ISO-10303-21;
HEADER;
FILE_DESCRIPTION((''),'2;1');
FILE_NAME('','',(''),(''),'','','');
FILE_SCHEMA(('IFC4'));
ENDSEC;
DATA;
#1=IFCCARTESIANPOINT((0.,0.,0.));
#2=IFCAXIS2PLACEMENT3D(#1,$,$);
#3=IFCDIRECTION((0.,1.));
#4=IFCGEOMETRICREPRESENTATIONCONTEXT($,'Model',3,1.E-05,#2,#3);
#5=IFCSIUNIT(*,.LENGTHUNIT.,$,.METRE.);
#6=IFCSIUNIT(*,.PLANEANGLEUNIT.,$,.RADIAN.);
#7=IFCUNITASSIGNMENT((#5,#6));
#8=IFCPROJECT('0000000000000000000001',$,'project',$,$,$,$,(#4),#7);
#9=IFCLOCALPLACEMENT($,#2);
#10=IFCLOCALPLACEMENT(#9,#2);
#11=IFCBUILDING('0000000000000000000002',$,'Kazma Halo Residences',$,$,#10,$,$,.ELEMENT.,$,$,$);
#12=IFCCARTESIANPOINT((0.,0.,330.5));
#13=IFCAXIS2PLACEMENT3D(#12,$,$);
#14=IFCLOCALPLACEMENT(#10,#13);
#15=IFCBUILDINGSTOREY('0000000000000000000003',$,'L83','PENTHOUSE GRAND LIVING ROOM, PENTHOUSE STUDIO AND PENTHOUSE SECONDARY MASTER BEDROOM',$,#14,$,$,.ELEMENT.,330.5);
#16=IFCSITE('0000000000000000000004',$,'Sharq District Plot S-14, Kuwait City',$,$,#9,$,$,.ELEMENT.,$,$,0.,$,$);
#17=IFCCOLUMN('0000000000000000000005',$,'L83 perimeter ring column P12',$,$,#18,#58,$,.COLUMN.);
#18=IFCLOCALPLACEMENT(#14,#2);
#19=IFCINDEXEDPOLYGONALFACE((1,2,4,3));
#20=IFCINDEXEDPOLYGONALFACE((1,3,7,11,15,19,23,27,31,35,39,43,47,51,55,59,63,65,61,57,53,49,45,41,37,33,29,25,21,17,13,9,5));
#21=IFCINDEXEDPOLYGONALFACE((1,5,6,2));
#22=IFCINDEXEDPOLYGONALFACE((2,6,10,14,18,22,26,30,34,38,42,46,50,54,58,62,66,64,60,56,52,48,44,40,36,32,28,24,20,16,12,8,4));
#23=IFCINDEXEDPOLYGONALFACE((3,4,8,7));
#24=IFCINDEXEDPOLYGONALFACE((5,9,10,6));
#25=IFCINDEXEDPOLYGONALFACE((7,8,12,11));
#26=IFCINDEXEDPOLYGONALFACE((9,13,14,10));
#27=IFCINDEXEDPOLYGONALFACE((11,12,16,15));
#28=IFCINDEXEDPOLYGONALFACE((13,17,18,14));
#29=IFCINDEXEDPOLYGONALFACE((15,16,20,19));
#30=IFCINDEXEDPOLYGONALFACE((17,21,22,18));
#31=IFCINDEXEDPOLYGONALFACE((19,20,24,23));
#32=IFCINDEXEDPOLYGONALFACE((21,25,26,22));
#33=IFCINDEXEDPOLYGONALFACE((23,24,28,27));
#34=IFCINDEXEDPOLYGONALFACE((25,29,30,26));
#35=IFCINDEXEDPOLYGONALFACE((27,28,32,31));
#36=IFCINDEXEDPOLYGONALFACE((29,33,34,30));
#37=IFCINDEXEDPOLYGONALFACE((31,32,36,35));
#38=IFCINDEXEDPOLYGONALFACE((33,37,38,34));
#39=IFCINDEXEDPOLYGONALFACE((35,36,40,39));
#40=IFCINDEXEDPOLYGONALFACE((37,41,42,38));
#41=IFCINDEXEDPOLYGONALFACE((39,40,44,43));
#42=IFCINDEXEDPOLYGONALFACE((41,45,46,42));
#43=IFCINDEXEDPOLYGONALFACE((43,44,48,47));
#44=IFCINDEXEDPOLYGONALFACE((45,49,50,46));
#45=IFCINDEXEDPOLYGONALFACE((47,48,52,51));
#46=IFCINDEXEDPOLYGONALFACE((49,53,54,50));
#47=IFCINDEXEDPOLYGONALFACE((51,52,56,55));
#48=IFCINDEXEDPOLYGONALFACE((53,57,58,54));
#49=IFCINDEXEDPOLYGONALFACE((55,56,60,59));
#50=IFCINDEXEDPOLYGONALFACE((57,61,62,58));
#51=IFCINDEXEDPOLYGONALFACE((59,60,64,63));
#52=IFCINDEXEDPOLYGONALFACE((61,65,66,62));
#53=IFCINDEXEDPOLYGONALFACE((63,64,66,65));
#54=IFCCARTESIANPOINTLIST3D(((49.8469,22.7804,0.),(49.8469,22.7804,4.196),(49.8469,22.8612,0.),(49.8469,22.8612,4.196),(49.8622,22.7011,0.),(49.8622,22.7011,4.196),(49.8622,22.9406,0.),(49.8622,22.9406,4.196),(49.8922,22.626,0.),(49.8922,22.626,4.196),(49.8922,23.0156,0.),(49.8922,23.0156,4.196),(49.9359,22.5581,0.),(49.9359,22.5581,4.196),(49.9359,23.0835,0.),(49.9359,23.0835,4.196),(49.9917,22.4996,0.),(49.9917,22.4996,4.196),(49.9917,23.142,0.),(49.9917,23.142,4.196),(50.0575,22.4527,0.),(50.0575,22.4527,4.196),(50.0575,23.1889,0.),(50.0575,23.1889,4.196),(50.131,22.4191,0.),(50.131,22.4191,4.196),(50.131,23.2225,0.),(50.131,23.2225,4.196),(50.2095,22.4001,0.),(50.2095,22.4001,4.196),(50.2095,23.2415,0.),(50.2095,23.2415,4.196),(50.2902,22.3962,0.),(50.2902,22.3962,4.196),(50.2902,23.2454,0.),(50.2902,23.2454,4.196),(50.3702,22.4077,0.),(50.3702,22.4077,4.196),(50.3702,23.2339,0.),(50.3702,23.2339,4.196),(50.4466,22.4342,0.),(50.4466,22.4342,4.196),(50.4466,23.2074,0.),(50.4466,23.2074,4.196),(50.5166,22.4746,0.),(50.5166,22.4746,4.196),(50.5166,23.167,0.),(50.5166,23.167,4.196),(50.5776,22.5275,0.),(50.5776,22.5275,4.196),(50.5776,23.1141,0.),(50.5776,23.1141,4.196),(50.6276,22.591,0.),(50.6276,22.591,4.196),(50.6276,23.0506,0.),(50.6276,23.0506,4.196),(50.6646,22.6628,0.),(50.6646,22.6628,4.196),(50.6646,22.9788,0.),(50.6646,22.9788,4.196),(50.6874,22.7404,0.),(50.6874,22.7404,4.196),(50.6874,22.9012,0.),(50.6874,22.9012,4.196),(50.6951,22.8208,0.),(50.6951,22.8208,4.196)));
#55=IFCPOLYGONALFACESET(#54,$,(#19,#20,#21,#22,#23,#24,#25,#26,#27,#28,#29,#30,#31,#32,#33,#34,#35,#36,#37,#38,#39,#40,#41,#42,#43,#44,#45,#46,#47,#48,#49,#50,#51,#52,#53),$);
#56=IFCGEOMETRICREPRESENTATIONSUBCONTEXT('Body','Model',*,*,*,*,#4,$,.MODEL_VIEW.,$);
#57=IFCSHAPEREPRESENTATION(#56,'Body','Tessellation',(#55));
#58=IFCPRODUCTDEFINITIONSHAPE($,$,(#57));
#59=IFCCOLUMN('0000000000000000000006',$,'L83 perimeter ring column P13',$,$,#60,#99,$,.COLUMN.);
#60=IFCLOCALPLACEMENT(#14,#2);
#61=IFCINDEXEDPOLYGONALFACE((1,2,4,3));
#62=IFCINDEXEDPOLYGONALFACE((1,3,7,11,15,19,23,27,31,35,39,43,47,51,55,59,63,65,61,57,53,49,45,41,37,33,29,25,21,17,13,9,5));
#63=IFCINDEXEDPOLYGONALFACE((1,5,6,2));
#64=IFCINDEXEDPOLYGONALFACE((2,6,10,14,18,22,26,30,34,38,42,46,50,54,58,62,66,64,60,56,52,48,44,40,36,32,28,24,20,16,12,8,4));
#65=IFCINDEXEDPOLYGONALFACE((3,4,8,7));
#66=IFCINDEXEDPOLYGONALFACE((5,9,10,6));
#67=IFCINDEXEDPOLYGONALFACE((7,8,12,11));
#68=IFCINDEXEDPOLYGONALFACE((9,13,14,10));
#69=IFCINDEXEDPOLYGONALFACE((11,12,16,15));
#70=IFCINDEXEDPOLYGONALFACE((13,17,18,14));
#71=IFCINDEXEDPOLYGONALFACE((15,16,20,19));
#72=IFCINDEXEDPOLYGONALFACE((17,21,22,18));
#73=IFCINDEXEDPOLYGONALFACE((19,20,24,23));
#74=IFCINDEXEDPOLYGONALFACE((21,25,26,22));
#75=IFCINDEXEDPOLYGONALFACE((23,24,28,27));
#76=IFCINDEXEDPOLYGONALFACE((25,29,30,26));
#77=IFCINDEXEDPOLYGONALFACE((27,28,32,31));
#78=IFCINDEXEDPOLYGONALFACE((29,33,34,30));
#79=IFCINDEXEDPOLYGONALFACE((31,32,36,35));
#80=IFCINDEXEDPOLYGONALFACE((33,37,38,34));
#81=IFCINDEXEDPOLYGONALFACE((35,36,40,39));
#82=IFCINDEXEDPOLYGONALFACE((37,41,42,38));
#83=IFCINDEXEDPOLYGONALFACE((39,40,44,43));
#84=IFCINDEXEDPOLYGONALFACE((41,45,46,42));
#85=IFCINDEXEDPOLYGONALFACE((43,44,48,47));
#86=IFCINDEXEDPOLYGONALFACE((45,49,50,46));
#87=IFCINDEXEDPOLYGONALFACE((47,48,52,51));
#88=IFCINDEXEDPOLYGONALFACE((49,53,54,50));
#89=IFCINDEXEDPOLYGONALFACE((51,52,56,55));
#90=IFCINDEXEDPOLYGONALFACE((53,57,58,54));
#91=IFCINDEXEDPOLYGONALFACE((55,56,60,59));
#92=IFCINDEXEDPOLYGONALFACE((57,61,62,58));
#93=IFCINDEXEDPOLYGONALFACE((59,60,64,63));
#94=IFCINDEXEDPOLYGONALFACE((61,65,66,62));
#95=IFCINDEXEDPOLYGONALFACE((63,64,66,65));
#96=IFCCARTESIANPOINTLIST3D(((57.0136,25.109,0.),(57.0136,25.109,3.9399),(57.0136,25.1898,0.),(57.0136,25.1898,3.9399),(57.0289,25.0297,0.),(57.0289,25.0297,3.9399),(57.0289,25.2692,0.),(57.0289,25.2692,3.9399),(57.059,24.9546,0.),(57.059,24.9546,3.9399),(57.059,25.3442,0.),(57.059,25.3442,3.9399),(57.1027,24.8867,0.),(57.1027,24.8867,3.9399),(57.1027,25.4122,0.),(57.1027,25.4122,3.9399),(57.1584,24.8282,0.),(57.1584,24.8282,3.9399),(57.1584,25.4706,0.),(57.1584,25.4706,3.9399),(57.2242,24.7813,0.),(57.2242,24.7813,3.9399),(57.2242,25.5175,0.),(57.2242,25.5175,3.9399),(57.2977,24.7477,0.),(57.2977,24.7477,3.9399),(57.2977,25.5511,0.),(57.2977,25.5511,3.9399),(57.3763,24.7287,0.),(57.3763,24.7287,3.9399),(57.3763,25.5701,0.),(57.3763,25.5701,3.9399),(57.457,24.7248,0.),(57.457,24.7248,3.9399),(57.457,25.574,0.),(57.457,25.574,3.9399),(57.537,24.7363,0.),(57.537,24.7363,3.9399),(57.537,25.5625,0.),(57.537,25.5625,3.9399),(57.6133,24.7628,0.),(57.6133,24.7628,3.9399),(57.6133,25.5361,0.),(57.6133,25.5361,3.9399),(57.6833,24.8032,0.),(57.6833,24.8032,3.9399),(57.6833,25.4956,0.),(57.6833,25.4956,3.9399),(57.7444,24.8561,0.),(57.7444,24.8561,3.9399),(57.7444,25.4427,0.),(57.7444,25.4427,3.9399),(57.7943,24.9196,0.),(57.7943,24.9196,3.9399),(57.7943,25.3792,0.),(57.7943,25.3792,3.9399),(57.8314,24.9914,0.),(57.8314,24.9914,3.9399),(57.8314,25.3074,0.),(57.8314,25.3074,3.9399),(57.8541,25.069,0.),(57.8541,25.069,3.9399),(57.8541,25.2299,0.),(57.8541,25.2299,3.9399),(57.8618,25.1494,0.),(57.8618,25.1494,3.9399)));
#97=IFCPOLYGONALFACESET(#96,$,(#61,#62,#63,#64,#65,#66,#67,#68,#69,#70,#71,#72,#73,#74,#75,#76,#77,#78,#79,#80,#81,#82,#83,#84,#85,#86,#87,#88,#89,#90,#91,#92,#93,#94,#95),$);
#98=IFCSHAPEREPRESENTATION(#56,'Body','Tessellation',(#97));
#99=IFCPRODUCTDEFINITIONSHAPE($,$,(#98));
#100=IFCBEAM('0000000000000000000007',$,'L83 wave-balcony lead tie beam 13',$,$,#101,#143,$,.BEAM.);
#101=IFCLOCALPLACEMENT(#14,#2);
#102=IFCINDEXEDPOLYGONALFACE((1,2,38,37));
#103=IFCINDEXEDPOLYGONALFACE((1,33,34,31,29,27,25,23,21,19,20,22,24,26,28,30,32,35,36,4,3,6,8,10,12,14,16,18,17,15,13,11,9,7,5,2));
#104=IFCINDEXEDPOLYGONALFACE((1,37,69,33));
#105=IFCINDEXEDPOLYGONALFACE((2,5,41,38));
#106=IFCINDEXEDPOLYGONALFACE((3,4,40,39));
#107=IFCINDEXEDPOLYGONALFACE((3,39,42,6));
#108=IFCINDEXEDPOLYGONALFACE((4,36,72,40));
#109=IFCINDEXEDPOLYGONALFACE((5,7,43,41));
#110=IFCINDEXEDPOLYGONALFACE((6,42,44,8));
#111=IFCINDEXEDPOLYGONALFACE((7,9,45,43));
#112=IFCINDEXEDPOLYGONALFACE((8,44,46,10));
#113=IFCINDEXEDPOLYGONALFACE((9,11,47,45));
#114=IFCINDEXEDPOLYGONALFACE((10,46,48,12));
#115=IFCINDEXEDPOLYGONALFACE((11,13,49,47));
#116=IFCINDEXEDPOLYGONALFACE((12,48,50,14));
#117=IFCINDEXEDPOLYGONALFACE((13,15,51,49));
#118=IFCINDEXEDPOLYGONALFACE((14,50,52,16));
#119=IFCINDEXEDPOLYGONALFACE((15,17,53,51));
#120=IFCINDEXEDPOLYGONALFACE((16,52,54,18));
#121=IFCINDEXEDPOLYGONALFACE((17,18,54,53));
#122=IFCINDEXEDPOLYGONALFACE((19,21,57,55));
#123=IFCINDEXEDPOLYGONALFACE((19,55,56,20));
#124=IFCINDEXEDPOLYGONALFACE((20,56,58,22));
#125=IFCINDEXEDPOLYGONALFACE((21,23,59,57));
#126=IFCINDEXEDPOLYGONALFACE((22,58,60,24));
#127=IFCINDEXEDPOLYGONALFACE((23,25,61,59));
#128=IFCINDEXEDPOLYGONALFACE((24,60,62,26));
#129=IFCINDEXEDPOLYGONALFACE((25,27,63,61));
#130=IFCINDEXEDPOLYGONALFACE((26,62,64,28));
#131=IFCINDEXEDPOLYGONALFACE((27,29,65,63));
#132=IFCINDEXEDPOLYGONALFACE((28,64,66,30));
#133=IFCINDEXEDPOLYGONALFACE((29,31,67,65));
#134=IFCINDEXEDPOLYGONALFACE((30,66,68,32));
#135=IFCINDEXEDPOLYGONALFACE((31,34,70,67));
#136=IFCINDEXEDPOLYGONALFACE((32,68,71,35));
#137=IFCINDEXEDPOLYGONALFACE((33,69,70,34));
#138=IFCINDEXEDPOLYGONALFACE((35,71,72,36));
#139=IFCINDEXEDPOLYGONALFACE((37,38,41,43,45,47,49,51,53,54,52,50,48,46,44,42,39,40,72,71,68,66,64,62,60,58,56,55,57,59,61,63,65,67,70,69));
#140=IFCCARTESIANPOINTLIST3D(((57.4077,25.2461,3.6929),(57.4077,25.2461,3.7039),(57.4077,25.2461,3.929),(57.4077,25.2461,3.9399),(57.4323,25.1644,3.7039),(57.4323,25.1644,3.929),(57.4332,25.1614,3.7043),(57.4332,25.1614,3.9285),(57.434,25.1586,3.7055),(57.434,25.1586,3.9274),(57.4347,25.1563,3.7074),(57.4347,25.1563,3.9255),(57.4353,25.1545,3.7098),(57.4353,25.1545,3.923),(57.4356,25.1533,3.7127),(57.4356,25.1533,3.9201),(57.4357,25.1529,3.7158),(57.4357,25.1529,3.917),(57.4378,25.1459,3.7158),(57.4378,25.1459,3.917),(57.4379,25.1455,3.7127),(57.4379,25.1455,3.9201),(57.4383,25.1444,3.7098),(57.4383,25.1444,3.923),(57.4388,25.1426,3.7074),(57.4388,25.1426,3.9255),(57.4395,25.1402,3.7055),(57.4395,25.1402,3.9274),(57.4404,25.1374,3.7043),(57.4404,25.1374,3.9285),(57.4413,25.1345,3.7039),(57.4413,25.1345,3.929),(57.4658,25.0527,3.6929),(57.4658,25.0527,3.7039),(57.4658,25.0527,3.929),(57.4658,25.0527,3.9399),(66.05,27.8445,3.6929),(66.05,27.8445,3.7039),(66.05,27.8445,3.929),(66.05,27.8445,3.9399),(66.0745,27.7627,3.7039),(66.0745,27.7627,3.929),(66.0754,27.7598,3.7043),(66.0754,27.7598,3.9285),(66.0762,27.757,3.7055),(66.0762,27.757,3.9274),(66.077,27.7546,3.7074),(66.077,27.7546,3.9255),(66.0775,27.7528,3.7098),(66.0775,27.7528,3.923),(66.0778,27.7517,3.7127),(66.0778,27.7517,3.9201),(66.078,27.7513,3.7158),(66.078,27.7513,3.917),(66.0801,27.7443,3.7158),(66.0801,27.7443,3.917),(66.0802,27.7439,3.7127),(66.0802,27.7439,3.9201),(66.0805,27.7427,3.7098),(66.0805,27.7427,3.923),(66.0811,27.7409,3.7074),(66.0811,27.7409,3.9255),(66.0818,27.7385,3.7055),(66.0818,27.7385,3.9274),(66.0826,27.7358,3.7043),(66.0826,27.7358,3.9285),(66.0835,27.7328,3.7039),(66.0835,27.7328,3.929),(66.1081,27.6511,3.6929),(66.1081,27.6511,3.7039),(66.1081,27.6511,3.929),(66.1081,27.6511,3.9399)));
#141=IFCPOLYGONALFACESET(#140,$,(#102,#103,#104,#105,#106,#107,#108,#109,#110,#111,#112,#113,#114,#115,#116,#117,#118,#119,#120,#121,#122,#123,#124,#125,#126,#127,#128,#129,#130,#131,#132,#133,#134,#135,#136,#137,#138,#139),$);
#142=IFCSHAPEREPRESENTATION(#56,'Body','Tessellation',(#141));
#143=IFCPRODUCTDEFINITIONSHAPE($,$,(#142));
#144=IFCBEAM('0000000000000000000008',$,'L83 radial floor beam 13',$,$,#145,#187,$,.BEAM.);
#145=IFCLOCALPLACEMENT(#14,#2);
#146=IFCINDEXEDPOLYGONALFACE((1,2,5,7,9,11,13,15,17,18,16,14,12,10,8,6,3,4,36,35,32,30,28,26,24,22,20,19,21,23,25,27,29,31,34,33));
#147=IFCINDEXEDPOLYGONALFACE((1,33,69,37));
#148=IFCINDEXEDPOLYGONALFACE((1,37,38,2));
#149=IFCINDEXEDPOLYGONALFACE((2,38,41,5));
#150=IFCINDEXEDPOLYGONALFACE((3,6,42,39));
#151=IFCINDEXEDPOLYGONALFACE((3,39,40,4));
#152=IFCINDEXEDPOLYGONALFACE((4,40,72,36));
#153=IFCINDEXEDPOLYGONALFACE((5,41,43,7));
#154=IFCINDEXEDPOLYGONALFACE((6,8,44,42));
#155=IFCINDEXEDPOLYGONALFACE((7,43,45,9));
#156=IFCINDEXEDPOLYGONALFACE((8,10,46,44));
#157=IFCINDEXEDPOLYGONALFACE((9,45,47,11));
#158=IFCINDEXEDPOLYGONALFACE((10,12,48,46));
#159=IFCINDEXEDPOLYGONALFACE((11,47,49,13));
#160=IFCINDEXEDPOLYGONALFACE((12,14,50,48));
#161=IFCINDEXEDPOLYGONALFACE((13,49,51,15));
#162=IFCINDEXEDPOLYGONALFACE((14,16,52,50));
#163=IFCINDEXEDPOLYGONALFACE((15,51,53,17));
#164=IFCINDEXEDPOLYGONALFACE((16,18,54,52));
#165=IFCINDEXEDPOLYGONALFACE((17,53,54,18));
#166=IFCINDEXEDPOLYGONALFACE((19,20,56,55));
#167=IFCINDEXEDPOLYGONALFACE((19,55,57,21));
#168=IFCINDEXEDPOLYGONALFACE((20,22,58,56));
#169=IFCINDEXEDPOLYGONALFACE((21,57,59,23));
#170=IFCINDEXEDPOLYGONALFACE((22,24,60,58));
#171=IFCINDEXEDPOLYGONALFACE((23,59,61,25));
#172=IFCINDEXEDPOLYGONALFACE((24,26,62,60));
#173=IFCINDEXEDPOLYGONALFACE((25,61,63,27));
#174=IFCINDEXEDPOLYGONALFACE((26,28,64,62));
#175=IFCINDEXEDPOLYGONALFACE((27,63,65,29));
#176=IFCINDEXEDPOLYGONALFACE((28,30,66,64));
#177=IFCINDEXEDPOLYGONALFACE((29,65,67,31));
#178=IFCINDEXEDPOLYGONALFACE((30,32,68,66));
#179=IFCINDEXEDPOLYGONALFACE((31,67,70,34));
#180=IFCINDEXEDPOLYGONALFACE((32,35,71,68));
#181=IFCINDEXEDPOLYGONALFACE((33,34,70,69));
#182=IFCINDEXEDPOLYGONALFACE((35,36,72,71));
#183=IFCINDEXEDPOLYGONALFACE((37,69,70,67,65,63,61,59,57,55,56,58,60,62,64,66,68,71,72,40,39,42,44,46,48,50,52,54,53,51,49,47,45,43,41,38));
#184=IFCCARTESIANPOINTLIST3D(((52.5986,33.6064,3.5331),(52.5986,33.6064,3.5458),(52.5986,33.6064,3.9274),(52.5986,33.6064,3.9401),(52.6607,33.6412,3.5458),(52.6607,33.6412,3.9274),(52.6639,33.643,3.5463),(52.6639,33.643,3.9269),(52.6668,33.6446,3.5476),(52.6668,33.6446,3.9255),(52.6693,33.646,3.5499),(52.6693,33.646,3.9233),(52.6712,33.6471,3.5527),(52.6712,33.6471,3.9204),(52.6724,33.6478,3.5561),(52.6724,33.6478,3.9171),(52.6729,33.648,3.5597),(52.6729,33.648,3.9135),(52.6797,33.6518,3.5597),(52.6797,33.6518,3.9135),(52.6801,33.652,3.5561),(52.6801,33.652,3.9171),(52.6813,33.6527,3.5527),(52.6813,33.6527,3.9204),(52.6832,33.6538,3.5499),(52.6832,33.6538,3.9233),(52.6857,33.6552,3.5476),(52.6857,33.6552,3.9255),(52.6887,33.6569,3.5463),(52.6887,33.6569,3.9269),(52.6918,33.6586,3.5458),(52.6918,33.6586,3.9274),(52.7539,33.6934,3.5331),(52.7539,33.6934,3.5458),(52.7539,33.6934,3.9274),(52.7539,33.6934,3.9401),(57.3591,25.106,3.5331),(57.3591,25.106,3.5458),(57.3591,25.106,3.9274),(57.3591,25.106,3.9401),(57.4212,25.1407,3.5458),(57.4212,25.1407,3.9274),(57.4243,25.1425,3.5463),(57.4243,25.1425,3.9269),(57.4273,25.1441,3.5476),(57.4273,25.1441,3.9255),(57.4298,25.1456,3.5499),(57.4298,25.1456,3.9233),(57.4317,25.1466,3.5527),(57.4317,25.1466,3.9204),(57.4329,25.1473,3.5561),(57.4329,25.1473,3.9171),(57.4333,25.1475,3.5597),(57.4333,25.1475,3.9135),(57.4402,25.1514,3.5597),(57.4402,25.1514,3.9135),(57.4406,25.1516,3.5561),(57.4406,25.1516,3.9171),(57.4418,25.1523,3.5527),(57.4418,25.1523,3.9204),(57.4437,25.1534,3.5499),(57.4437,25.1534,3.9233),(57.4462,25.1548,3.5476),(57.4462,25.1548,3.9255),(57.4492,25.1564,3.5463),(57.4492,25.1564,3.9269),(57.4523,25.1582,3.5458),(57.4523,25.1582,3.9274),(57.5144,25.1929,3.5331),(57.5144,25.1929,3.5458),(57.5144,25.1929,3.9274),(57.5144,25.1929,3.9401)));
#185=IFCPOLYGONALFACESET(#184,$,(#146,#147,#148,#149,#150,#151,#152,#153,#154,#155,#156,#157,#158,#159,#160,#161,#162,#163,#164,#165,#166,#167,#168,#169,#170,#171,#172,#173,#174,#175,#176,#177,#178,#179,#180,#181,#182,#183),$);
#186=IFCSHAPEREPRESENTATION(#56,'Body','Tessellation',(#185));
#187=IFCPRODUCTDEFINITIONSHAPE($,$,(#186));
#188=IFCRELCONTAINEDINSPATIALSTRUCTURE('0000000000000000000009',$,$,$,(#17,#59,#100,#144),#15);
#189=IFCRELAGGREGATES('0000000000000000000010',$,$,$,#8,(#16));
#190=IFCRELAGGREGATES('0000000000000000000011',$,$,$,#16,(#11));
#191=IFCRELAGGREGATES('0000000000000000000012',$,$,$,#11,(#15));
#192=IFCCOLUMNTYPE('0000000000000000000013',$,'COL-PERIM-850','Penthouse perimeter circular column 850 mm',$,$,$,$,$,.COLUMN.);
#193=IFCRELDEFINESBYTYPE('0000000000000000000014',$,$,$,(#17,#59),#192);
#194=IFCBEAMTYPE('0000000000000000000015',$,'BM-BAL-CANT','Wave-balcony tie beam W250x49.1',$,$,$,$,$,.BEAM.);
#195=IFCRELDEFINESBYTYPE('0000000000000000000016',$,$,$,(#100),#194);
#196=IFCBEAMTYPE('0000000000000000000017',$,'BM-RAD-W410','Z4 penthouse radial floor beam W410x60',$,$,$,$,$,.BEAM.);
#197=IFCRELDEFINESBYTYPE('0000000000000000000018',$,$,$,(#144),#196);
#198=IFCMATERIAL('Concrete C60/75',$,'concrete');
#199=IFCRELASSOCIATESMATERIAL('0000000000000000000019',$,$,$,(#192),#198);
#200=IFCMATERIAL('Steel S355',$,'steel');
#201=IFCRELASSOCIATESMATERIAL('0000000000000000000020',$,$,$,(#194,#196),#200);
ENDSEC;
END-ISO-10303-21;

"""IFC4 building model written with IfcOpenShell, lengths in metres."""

from ifc_helpers import new_model, si_unit, direction, frame, origin, origin_2d, place, context, subcontext, project, spatial, circle, i_section, extrude, material, material_profile, profile_set, type_object, element, save


model = new_model("IFC4")

# Units and contexts
model_context = context("Model", 3, precision=1e-05, world=origin(), true_north=direction((0.0, 1.0)))
body_context = subcontext(model_context, "Body", "Model", "MODEL_VIEW")
ifc_project = project(units=[si_unit("LENGTHUNIT", "METRE"), si_unit("PLANEANGLEUNIT", "RADIAN")], contexts=[model_context])

# Site, building, storey
site_placement = place(None, origin())
site = spatial("IfcSite", under=ifc_project, at=site_placement, Name="Sharq District Plot S-14, Kuwait City", CompositionType="ELEMENT", RefElevation=0.0)
building_placement = place(site_placement, origin())
building = spatial("IfcBuilding", under=site, at=building_placement, Name="Kazma Halo Residences", CompositionType="ELEMENT")
storey_placement = place(building_placement, frame((0.0, 0.0, 330.5)))
storey = spatial("IfcBuildingStorey", under=building, at=storey_placement, Name="L83", Description="PENTHOUSE GRAND LIVING ROOM, PENTHOUSE STUDIO AND PENTHOUSE SECONDARY MASTER BEDROOM", CompositionType="ELEMENT", Elevation=330.5)

# Columns
ifc_material_1 = material(Name="Concrete C60/75", Category="concrete")
ifc_material_profile_1 = material_profile(ifc_material_1, circle(Radius=0.425, at=origin_2d()), Name="CIRC850")
ifc_profile_set_1 = profile_set([ifc_material_profile_1], Name="Concrete C60/75")
column_type = type_object("IfcColumnType", Name="COL-PERIM-850", Description="Penthouse perimeter circular column 850 mm", PredefinedType="COLUMN", material=ifc_profile_set_1)
column_1_placement = place(storey_placement, frame((50.27, 22.8208, 0.0), z_axis=(0.0, 0.0, 1.0), x_axis=(1.0, 0.0, 0.0)))
element("IfcColumn", 1, at=column_1_placement, inside=storey, type_object=column_type, Name="L83 perimeter ring column P12", PredefinedType="COLUMN", context=body_context, shape_type="SweptSolid", body=[
    extrude(circle(Radius=0.425, at=origin_2d()), origin(), (0.0, 0.0, 1.0), 4.196),
])
column_2_placement = place(storey_placement, frame((57.4368, 25.1494, 0.0), z_axis=(0.0, 0.0, 1.0), x_axis=(1.0, 0.0, 0.0)))
element("IfcColumn", 2, at=column_2_placement, inside=storey, type_object=column_type, Name="L83 perimeter ring column P13", PredefinedType="COLUMN", context=body_context, shape_type="SweptSolid", body=[
    extrude(circle(Radius=0.425, at=origin_2d()), origin(), (0.0, 0.0, 1.0), 3.9399),
])

# Beams
ifc_material_2 = material(Name="Steel S355", Category="steel")
ifc_material_profile_2 = material_profile(ifc_material_2, i_section(OverallWidth=0.2019, OverallDepth=0.2471, WebThickness=0.0073, FlangeThickness=0.011, FilletRadius=0.012, at=origin_2d()), Name="W250x49.1")
ifc_profile_set_2 = profile_set([ifc_material_profile_2], Name="Steel S355")
beam_type_1 = type_object("IfcBeamType", Name="BM-BAL-CANT", Description="Wave-balcony tie beam W250x49.1", PredefinedType="BEAM", material=ifc_profile_set_2)
beam_1_placement = place(storey_placement, frame((57.4368, 25.1494, 3.8164), z_axis=(0.957653, 0.287926, 0.0), x_axis=(-0.287926, 0.957653, 0.0)))
element("IfcBeam", 3, at=beam_1_placement, inside=storey, type_object=beam_type_1, Name="L83 wave-balcony lead tie beam 13", PredefinedType="BEAM", context=body_context, shape_type="SweptSolid", body=[
    extrude(i_section(OverallWidth=0.2019, OverallDepth=0.2471, WebThickness=0.0073, FlangeThickness=0.011, FilletRadius=0.012, at=origin_2d()), origin(), (0.0, 0.0, 1.0), 9.0244),
])
ifc_material_profile_3 = material_profile(ifc_material_2, i_section(OverallWidth=0.178, OverallDepth=0.407, WebThickness=0.0078, FlangeThickness=0.0127, FilletRadius=0.0139, at=origin_2d()), Name="W410x60")
ifc_profile_set_3 = profile_set([ifc_material_profile_3], Name="Steel S355")
beam_type_2 = type_object("IfcBeamType", Name="BM-RAD-W410", Description="Z4 penthouse radial floor beam W410x60", PredefinedType="BEAM", material=ifc_profile_set_3)
beam_2_placement = place(storey_placement, frame((52.6763, 33.6499, 3.7366), z_axis=(0.488621, -0.872496, 0.0), x_axis=(0.872496, 0.488621, 0.0)))
element("IfcBeam", 4, at=beam_2_placement, inside=storey, type_object=beam_type_2, Name="L83 radial floor beam 13", PredefinedType="BEAM", context=body_context, shape_type="SweptSolid", body=[
    extrude(i_section(OverallWidth=0.178, OverallDepth=0.407, WebThickness=0.0078, FlangeThickness=0.0127, FilletRadius=0.0139, at=origin_2d()), origin(), (0.0, 0.0, 1.0), 9.7427),
])

save(model, "model.ifc")
